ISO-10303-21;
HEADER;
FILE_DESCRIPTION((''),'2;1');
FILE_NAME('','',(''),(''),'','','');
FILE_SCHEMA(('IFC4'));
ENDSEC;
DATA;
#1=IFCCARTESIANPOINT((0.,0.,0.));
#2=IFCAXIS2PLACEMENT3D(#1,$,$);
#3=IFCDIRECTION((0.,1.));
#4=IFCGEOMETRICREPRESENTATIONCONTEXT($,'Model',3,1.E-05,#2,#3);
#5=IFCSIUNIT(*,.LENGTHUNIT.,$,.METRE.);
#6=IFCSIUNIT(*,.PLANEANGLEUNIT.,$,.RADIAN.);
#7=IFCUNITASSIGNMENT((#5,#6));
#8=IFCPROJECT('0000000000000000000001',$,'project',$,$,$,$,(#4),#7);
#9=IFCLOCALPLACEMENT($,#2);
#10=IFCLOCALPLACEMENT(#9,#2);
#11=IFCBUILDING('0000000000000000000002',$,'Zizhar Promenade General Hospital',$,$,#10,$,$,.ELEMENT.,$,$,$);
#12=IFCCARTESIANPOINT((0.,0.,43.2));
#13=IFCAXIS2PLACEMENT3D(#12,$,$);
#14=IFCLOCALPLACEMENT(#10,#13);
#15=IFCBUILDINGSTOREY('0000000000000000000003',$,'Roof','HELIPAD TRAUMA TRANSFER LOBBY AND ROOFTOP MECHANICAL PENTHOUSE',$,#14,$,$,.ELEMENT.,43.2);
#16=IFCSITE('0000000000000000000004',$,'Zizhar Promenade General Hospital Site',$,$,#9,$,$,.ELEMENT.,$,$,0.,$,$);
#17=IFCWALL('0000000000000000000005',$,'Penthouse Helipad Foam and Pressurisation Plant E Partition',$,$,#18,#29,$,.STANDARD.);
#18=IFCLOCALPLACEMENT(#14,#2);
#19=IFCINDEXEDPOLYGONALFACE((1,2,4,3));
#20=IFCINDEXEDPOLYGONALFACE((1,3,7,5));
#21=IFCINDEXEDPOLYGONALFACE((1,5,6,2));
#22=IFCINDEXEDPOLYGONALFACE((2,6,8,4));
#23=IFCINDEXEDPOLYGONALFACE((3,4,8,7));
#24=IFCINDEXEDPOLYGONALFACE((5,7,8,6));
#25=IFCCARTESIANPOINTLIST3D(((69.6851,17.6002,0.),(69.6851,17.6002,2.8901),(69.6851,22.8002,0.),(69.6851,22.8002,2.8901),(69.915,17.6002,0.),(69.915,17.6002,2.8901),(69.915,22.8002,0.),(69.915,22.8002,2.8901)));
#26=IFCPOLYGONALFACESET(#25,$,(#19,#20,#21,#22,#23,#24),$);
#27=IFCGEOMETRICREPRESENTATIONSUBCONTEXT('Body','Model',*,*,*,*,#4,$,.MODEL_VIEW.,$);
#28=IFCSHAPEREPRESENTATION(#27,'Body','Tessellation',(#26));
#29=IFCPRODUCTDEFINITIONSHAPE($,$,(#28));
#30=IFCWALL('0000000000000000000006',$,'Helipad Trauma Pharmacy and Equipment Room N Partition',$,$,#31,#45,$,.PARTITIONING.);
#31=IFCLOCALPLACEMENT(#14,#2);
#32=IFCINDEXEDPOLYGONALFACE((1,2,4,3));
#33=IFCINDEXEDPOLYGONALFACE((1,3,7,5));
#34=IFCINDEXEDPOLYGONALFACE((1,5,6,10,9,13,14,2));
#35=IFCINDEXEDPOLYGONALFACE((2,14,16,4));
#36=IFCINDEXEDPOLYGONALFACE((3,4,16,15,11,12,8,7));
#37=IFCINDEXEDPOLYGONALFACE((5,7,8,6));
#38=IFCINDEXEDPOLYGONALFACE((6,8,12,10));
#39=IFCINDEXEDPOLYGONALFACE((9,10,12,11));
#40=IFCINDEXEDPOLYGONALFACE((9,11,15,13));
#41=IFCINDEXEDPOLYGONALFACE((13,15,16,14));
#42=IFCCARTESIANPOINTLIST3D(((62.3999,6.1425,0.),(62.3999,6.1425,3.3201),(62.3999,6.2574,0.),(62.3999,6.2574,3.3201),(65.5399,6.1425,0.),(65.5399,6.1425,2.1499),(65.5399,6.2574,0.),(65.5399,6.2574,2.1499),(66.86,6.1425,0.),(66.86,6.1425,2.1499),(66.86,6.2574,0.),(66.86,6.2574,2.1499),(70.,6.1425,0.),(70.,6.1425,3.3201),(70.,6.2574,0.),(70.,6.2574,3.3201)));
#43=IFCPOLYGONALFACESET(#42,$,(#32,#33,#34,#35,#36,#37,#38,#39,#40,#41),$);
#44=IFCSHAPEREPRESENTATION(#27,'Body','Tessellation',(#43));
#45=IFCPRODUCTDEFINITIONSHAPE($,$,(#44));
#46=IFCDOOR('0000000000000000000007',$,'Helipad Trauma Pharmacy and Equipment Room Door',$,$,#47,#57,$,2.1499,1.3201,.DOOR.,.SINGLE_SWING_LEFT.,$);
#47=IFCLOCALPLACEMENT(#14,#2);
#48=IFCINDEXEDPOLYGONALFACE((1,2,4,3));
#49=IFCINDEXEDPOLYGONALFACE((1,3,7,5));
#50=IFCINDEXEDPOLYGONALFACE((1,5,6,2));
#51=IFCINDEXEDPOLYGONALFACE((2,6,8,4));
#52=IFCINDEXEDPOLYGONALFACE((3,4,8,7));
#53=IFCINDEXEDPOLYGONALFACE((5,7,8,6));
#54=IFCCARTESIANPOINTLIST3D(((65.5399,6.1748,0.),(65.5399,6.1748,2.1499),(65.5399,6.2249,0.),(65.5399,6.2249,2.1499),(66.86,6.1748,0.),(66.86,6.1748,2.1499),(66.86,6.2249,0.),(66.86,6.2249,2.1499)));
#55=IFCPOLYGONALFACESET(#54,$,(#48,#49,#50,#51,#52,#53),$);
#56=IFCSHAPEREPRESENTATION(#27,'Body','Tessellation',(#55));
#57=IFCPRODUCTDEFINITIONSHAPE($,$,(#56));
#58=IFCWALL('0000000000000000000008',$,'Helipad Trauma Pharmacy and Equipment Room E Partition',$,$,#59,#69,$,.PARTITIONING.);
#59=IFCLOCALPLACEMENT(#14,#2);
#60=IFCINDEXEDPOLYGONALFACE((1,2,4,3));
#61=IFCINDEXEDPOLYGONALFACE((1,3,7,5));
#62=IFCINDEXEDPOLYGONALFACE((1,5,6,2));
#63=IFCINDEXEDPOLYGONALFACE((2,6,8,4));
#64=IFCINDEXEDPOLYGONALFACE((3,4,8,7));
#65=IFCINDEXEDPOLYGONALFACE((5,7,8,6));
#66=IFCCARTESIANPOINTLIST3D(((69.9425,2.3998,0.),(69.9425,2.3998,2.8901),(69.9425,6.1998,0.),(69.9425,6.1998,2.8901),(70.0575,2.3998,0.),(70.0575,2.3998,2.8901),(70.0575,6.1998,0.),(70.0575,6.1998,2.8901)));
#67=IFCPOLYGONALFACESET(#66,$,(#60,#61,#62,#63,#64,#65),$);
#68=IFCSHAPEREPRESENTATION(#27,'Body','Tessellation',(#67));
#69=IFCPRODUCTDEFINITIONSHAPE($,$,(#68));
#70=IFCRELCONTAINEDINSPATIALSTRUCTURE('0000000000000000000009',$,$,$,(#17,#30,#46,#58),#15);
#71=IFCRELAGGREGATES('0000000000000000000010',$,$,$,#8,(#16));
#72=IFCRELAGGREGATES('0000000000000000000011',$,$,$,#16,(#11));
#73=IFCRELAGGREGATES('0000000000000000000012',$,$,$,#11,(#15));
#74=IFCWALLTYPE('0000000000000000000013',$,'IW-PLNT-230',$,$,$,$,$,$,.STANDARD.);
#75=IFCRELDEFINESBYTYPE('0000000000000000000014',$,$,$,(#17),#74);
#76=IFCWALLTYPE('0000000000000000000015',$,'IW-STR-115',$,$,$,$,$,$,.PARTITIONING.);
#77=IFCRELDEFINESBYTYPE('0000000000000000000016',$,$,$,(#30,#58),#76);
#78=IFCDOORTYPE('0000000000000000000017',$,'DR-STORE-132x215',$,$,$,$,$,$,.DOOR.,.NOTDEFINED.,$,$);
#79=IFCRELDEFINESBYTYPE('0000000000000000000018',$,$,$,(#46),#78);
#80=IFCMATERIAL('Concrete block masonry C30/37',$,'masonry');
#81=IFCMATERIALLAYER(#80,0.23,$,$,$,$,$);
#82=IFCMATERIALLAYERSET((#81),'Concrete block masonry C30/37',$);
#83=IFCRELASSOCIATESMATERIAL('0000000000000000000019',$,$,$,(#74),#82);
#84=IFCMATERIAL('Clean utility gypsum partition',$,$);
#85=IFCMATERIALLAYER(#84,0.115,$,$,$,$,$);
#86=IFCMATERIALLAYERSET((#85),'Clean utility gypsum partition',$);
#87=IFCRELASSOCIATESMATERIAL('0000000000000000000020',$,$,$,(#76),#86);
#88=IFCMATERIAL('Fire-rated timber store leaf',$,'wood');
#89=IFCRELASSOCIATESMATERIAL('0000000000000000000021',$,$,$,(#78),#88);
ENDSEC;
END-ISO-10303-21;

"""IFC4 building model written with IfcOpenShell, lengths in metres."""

from ifc_helpers import new_model, si_unit, direction, frame, frame_2d, origin, place, context, subcontext, project, spatial, rectangle, extrude, material, layer, layer_set, type_object, element, fill, save


model = new_model("IFC4")

# Units and contexts
model_context = context("Model", 3, precision=1e-05, world=origin(), true_north=direction((0.0, 1.0)))
body_context = subcontext(model_context, "Body", "Model", "MODEL_VIEW")
ifc_project = project(units=[si_unit("LENGTHUNIT", "METRE"), si_unit("PLANEANGLEUNIT", "RADIAN")], contexts=[model_context])

# Site, building, storey
site_placement = place(None, origin())
site = spatial("IfcSite", under=ifc_project, at=site_placement, Name="Zizhar Promenade General Hospital Site", CompositionType="ELEMENT", RefElevation=0.0)
building_placement = place(site_placement, origin())
building = spatial("IfcBuilding", under=site, at=building_placement, Name="Zizhar Promenade General Hospital", CompositionType="ELEMENT")
storey_placement = place(building_placement, frame((0.0, 0.0, 43.2)))
storey = spatial("IfcBuildingStorey", under=building, at=storey_placement, Name="Roof", Description="HELIPAD TRAUMA TRANSFER LOBBY AND ROOFTOP MECHANICAL PENTHOUSE", CompositionType="ELEMENT", Elevation=43.2)

# Wall
ifc_material_1 = material(Name="Concrete block masonry C30/37", Category="masonry")
ifc_layer_1 = layer(ifc_material_1, 0.23)
ifc_layer_set_1 = layer_set([ifc_layer_1], Name="Concrete block masonry C30/37")
wall_type_1 = type_object("IfcWallType", Name="IW-PLNT-230", PredefinedType="STANDARD", material=ifc_layer_set_1)
wall_1_placement = place(storey_placement, frame((69.8, 17.6001, 0.0), z_axis=(0.0, 0.0, 1.0), x_axis=(0.0, 1.0, 0.0)))
element("IfcWall", 1, at=wall_1_placement, inside=storey, type_object=wall_type_1, Name="Penthouse Helipad Foam and Pressurisation Plant E Partition", PredefinedType="STANDARD", context=body_context, shape_type="SweptSolid", body=[
    extrude(rectangle(XDim=5.2, YDim=0.23, at=frame_2d((2.6001, 0.0))), origin(), (0.0, 0.0, 1.0), 2.8901),
])

# Wall, opening, door
ifc_material_2 = material(Name="Clean utility gypsum partition")
ifc_layer_2 = layer(ifc_material_2, 0.115)
ifc_layer_set_2 = layer_set([ifc_layer_2], Name="Clean utility gypsum partition")
wall_type_2 = type_object("IfcWallType", Name="IW-STR-115", PredefinedType="PARTITIONING", material=ifc_layer_set_2)
wall_2_placement = place(storey_placement, frame((62.3999, 6.2, 0.0), z_axis=(0.0, 0.0, 1.0), x_axis=(1.0, 0.0, 0.0)))
wall_2 = element("IfcWall", 2, at=wall_2_placement, inside=storey, type_object=wall_type_2, Name="Helipad Trauma Pharmacy and Equipment Room N Partition", PredefinedType="PARTITIONING", context=body_context, shape_type="SweptSolid", body=[
    extrude(rectangle(XDim=7.6001, YDim=0.115, at=frame_2d((3.8, 0.0))), origin(), (0.0, 0.0, 1.0), 3.3201),
])
opening_placement = place(wall_2_placement, frame((3.1399, 0.0, 0.0)))
opening = element("IfcOpeningElement", 3, at=opening_placement, cuts=wall_2, PredefinedType="OPENING", context=body_context, shape_type="SweptSolid", body=[
    extrude(rectangle(XDim=1.3201, YDim=2.1499, at=frame_2d((0.6602, 1.075))), frame((0.0, 0.0674, 0.0), z_axis=(0.0, -1.0, 0.0), x_axis=(1.0, 0.0, 0.0)), (0.0, 0.0, 1.0), 0.135),
])
ifc_material_3 = material(Name="Fire-rated timber store leaf", Category="wood")
door_type = type_object("IfcDoorType", Name="DR-STORE-132x215", OperationType="NOTDEFINED", PredefinedType="DOOR", material=ifc_material_3)
door_placement = place(opening_placement, origin())
door = element("IfcDoor", 4, at=door_placement, inside=storey, type_object=door_type, Name="Helipad Trauma Pharmacy and Equipment Room Door", OperationType="SINGLE_SWING_LEFT", OverallHeight=2.1499, OverallWidth=1.3201, PredefinedType="DOOR", context=body_context, shape_type="SweptSolid", body=[
    extrude(rectangle(XDim=1.3201, YDim=2.1499, at=frame_2d((0.6602, 1.075))), frame((0.0, 0.0249, 0.0), z_axis=(0.0, -1.0, 0.0), x_axis=(1.0, 0.0, 0.0)), (0.0, 0.0, 1.0), 0.05),
])
fill(opening, door)

# Wall
wall_3_placement = place(storey_placement, frame((70.0, 2.3999, 0.0), z_axis=(0.0, 0.0, 1.0), x_axis=(0.0, 1.0, 0.0)))
element("IfcWall", 5, at=wall_3_placement, inside=storey, type_object=wall_type_2, Name="Helipad Trauma Pharmacy and Equipment Room E Partition", PredefinedType="PARTITIONING", context=body_context, shape_type="SweptSolid", body=[
    extrude(rectangle(XDim=3.8, YDim=0.115, at=frame_2d((1.8999, 0.0))), origin(), (0.0, 0.0, 1.0), 2.8901),
])

save(model, "model.ifc")
